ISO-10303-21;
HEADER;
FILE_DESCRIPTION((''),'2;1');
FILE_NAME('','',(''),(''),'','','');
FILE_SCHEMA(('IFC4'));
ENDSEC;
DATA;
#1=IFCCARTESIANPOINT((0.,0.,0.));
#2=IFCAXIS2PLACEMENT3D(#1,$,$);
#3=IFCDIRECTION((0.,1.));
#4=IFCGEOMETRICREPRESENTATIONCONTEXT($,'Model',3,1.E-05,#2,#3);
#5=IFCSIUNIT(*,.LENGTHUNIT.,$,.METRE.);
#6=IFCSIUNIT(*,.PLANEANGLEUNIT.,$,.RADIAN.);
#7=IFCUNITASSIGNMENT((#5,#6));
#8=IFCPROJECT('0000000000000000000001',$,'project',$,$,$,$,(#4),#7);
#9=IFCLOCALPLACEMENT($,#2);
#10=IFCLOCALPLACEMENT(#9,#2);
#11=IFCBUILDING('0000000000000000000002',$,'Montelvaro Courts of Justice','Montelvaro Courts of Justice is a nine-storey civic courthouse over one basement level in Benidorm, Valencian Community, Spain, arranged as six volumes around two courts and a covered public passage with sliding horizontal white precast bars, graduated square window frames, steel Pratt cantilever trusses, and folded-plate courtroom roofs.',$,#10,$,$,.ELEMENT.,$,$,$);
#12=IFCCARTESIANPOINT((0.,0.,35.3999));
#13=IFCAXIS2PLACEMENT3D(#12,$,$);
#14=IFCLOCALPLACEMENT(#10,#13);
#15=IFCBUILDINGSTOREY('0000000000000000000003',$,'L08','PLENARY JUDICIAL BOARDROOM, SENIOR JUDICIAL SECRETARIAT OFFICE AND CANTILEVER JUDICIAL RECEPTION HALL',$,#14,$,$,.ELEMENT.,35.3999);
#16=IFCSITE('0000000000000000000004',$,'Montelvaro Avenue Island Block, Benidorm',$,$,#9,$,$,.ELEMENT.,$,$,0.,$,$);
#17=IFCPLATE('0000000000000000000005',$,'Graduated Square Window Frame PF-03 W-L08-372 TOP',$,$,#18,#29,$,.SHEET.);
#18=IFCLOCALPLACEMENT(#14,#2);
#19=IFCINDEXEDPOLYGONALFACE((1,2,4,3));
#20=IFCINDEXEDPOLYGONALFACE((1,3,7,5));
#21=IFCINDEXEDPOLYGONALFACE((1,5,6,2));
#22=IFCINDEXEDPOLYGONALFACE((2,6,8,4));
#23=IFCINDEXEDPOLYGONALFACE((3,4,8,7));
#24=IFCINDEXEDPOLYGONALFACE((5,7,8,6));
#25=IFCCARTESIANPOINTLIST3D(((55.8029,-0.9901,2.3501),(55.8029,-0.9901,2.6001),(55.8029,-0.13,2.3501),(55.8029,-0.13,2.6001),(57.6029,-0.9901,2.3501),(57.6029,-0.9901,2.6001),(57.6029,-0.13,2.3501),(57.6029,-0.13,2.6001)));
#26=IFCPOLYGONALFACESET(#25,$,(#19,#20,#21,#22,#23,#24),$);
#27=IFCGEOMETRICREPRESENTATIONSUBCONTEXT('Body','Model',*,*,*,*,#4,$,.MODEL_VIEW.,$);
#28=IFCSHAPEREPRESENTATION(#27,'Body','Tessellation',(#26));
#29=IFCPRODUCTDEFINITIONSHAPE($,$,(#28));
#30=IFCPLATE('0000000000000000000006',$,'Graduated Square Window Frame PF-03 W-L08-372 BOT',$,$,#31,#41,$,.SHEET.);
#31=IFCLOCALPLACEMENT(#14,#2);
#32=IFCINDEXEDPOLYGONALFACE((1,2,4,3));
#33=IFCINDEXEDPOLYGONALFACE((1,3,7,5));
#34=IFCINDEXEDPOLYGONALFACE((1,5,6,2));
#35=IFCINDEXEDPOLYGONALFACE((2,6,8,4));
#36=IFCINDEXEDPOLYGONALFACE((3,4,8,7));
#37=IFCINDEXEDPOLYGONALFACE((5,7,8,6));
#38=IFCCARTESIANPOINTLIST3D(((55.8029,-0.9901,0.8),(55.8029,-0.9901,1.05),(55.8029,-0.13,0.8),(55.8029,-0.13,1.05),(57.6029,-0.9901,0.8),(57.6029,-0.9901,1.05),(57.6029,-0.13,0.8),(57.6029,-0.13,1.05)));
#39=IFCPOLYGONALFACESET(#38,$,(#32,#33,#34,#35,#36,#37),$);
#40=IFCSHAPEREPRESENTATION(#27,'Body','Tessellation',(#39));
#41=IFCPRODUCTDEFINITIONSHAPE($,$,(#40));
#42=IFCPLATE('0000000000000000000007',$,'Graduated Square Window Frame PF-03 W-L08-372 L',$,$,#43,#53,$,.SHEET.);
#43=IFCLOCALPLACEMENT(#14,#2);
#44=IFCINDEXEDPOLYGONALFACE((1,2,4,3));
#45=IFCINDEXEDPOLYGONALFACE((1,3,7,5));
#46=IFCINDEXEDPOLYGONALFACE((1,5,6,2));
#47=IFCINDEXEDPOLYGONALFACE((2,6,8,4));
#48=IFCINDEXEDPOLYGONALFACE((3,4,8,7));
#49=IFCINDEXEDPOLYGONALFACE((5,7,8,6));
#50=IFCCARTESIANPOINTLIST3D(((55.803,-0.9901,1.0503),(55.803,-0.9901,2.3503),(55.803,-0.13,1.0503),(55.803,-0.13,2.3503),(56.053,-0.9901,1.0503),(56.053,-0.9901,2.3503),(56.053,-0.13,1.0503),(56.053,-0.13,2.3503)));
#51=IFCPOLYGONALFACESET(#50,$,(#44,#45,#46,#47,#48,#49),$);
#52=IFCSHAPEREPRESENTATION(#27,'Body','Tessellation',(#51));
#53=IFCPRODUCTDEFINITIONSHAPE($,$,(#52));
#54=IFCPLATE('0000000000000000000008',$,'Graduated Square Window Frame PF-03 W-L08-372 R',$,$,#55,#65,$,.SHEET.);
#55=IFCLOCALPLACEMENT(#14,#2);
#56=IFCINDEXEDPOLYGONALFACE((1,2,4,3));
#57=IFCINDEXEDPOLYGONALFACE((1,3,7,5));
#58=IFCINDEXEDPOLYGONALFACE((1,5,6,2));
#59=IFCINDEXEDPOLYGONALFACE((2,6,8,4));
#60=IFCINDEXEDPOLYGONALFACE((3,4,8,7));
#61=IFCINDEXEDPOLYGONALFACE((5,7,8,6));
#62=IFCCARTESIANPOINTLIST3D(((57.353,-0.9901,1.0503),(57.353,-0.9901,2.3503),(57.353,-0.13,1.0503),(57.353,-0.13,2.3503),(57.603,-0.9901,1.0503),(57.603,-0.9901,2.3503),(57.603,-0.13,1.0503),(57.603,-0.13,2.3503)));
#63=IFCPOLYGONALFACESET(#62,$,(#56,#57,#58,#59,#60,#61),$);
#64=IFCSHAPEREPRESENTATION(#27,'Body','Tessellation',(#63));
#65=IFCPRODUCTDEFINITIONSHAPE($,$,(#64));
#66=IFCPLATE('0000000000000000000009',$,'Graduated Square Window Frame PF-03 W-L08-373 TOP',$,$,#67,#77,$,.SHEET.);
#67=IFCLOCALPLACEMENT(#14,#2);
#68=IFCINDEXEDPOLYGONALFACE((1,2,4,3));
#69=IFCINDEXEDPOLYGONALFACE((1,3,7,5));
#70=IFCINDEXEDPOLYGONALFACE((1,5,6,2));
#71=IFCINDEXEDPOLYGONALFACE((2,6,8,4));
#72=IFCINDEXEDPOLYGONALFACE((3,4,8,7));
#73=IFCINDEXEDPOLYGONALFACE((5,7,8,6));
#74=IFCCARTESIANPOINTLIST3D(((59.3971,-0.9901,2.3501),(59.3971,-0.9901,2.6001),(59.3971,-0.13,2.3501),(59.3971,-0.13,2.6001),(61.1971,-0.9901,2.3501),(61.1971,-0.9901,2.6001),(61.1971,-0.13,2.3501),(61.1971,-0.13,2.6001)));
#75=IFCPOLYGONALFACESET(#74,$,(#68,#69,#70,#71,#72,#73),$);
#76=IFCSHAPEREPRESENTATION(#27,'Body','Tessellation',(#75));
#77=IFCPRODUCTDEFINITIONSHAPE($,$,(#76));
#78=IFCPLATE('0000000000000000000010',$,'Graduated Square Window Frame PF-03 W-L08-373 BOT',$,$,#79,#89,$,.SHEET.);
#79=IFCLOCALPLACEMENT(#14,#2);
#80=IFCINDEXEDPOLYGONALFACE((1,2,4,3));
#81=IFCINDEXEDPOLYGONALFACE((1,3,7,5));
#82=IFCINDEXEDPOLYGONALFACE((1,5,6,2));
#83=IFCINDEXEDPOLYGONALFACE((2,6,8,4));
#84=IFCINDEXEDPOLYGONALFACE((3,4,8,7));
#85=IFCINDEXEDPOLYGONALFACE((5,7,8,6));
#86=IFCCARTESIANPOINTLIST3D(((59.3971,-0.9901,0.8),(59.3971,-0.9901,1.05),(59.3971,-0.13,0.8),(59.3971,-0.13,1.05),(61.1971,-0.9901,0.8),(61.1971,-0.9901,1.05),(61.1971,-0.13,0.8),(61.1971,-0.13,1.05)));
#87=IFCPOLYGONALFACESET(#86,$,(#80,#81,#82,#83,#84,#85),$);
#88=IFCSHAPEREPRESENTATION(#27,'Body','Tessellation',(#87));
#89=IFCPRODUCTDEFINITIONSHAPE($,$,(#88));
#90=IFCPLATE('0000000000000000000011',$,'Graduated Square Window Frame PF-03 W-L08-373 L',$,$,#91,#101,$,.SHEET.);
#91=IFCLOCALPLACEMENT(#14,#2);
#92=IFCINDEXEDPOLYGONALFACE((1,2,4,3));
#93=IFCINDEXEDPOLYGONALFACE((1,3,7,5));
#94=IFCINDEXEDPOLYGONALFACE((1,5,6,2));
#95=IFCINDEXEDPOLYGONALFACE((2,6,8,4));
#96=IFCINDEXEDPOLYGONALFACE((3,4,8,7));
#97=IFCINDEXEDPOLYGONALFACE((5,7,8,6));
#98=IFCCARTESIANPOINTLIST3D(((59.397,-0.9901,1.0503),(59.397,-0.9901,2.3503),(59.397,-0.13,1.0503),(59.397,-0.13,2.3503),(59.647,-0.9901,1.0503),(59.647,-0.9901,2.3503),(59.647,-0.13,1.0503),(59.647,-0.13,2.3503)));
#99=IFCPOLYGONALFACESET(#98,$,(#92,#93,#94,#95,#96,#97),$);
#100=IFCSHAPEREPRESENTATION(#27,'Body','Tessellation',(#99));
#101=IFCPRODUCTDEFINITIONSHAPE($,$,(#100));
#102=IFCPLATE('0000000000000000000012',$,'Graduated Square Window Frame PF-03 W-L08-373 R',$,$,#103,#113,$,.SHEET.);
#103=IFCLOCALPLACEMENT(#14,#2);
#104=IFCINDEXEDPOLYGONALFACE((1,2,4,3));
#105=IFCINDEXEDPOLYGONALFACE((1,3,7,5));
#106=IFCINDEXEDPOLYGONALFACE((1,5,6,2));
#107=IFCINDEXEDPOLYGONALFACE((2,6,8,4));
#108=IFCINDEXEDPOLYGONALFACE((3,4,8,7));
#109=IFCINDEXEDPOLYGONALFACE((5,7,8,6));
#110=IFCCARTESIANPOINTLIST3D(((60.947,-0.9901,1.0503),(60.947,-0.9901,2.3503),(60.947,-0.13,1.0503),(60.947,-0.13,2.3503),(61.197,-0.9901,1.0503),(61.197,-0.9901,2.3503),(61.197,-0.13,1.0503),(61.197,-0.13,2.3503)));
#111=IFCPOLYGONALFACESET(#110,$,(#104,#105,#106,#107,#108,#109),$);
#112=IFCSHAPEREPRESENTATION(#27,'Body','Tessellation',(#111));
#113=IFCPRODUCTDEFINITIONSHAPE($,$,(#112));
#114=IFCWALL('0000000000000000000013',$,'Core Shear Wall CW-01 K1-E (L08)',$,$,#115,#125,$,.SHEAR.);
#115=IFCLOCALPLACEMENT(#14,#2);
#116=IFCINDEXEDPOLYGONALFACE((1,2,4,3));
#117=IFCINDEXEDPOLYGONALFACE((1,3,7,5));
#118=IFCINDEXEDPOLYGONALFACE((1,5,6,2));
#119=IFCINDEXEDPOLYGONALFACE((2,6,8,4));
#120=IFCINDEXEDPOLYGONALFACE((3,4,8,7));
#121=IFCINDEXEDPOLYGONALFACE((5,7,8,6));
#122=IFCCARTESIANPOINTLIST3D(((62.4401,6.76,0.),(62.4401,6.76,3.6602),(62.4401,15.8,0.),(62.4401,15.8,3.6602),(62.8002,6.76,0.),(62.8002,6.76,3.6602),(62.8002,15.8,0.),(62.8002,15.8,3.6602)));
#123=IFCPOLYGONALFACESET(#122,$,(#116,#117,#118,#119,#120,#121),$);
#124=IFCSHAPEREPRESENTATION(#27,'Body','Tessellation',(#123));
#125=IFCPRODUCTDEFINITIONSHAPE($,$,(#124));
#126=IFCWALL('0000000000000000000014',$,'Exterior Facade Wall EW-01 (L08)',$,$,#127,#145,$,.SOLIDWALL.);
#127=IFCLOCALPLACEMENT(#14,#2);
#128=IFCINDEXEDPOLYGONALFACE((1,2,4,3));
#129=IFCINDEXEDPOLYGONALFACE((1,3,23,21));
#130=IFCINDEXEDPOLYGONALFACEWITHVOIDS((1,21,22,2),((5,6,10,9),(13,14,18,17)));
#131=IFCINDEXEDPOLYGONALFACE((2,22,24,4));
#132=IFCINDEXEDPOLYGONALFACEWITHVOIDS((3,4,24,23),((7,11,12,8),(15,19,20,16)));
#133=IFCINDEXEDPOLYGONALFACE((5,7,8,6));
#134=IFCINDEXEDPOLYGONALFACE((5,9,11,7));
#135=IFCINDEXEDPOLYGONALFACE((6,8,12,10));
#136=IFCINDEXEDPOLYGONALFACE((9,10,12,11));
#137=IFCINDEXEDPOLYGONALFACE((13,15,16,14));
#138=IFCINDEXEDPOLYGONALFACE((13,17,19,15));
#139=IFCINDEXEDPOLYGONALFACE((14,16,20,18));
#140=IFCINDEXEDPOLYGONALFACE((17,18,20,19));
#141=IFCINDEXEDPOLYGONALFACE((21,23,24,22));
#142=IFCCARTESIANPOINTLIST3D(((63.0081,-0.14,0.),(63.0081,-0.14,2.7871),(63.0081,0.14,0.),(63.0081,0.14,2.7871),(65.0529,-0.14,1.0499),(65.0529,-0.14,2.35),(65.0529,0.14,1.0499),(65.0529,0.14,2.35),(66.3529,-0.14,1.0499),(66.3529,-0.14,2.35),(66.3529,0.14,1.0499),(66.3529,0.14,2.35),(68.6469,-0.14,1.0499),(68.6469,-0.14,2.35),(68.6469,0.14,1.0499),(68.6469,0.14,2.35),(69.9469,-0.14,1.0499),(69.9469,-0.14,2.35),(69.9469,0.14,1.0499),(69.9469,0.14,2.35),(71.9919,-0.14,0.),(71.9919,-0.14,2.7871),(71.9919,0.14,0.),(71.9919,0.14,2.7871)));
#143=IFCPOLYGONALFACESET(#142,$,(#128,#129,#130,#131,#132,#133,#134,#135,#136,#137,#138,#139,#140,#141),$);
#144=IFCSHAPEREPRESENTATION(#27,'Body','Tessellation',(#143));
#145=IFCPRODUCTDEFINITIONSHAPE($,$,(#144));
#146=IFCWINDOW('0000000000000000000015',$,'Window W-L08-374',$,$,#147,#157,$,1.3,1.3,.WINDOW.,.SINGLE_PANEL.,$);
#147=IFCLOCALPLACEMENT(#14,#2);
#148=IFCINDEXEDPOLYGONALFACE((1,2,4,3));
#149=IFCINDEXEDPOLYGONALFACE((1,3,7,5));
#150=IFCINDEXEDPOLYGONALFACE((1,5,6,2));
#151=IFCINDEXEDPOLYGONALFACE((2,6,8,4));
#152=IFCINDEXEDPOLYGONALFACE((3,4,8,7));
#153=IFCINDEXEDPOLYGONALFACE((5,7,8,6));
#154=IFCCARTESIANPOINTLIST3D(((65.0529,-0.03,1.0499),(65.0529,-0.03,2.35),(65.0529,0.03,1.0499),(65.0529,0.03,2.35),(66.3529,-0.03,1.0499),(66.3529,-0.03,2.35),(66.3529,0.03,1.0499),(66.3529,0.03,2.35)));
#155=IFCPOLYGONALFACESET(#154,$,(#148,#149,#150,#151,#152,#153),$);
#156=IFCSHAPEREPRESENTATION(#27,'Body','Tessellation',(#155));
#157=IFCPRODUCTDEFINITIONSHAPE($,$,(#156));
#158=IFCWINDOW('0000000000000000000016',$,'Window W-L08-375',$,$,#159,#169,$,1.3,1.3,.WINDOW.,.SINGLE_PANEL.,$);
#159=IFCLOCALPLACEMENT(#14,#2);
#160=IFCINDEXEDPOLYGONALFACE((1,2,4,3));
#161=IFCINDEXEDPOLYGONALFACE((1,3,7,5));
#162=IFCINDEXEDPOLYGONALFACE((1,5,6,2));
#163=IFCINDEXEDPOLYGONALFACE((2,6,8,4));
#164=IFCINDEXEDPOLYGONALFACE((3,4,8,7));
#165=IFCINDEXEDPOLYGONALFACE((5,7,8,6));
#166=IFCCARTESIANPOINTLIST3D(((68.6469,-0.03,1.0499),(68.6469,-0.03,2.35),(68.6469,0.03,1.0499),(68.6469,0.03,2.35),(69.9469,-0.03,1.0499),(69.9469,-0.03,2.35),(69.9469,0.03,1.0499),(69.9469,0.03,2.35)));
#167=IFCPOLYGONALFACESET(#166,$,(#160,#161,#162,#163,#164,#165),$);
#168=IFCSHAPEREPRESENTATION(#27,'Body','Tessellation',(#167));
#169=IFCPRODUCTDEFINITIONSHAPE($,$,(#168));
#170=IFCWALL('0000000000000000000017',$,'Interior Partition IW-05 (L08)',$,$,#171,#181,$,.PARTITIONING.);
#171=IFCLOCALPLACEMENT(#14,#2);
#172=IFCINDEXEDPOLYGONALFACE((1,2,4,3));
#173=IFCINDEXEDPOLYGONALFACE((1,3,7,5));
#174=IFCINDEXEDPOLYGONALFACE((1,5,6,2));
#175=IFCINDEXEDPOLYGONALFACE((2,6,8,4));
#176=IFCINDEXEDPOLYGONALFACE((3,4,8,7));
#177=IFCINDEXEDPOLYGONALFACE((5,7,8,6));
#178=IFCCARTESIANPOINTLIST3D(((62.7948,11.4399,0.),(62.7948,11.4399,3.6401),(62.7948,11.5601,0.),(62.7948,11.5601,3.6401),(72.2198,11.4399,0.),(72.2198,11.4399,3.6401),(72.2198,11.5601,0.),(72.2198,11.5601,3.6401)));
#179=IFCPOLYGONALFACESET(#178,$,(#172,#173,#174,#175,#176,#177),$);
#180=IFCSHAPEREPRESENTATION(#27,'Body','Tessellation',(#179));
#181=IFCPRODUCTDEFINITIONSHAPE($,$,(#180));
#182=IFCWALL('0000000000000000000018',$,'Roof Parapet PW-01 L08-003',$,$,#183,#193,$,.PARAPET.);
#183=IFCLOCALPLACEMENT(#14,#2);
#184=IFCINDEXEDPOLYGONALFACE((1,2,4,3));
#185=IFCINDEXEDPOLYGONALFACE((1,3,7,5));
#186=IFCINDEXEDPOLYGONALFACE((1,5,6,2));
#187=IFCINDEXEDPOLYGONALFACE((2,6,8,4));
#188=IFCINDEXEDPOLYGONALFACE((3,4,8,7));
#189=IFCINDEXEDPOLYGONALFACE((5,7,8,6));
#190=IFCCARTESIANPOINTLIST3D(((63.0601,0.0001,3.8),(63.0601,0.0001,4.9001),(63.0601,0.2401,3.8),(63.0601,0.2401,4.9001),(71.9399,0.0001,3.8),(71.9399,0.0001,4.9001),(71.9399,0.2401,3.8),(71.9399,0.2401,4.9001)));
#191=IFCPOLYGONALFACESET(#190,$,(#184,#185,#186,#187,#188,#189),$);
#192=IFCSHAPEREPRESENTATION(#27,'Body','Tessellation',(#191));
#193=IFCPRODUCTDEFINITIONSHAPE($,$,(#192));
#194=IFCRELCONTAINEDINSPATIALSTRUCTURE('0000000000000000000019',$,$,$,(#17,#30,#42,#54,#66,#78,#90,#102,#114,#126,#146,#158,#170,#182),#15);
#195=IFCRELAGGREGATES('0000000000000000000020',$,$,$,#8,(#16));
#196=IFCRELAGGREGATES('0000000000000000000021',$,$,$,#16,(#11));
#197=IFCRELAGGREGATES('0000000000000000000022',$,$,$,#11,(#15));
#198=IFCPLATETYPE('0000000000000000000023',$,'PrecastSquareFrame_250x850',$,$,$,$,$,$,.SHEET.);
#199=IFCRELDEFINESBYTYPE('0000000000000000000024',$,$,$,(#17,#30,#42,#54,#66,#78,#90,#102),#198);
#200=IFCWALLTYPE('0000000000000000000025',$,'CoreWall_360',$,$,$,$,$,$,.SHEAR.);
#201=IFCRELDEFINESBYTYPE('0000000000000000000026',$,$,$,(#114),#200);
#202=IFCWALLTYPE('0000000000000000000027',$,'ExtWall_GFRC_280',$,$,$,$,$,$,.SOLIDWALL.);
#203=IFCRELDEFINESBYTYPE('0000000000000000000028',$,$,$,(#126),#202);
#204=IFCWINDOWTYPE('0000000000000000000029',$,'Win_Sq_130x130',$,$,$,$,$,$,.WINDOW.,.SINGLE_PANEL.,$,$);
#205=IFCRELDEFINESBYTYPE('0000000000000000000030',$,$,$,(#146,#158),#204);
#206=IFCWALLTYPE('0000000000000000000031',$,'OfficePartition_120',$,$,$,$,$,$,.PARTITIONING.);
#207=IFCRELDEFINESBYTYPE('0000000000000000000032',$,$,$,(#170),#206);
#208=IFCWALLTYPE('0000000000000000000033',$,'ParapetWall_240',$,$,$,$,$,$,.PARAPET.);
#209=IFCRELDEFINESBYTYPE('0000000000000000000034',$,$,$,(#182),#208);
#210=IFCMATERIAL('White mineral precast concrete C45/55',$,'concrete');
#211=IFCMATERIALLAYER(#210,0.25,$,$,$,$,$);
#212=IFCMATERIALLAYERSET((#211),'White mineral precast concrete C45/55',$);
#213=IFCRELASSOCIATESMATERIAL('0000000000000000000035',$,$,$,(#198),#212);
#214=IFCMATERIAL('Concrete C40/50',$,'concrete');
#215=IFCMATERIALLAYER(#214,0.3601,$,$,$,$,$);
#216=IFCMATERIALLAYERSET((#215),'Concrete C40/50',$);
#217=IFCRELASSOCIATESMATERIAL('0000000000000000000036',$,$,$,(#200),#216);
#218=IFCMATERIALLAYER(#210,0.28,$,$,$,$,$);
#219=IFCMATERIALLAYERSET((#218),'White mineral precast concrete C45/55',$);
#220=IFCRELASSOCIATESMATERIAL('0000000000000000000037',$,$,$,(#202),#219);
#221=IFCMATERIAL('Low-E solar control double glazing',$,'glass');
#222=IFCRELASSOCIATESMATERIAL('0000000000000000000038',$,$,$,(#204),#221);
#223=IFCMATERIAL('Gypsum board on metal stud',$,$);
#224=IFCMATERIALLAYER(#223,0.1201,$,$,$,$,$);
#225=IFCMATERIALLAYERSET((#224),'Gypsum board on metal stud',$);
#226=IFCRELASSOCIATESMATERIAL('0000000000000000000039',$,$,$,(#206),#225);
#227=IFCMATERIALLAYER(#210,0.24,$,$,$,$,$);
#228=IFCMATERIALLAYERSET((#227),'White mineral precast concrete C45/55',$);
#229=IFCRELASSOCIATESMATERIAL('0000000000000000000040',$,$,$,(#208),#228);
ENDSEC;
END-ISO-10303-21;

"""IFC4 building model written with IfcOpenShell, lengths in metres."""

from ifc_helpers import new_model, si_unit, direction, frame, frame_2d, origin, origin_2d, place, context, subcontext, project, spatial, rectangle, extrude, material, layer, layer_set, type_object, element, fill, save


model = new_model("IFC4")

# Units and contexts
model_context = context("Model", 3, precision=1e-05, world=origin(), true_north=direction((0.0, 1.0)))
body_context = subcontext(model_context, "Body", "Model", "MODEL_VIEW")
ifc_project = project(units=[si_unit("LENGTHUNIT", "METRE"), si_unit("PLANEANGLEUNIT", "RADIAN")], contexts=[model_context])

# Site, building, storey
site_placement = place(None, origin())
site = spatial("IfcSite", under=ifc_project, at=site_placement, Name="Montelvaro Avenue Island Block, Benidorm", CompositionType="ELEMENT", RefElevation=0.0)
building_placement = place(site_placement, origin())
building = spatial("IfcBuilding", under=site, at=building_placement, Name="Montelvaro Courts of Justice", Description="Montelvaro Courts of Justice is a nine-storey civic courthouse over one basement level in Benidorm, Valencian Community, Spain, arranged as six volumes around two courts and a covered public passage with sliding horizontal white precast bars, graduated square window frames, steel Pratt cantilever trusses, and folded-plate courtroom roofs.", CompositionType="ELEMENT")
storey_placement = place(building_placement, frame((0.0, 0.0, 35.3999)))
storey = spatial("IfcBuildingStorey", under=building, at=storey_placement, Name="L08", Description="PLENARY JUDICIAL BOARDROOM, SENIOR JUDICIAL SECRETARIAT OFFICE AND CANTILEVER JUDICIAL RECEPTION HALL", CompositionType="ELEMENT", Elevation=35.3999)

# Plates
ifc_material_1 = material(Name="White mineral precast concrete C45/55", Category="concrete")
ifc_layer_1 = layer(ifc_material_1, 0.25)
ifc_layer_set_1 = layer_set([ifc_layer_1], Name="White mineral precast concrete C45/55")
plate_type = type_object("IfcPlateType", Name="PrecastSquareFrame_250x850", PredefinedType="SHEET", material=ifc_layer_set_1)
for number, where, z_axis, x_axis, name in (
    (1, (56.7029, -0.5601, 2.3501), (0.0, 0.0, 1.0), (1.0, 0.0, 0.0), "Graduated Square Window Frame PF-03 W-L08-372 TOP"),
    (2, (56.7029, -0.5601, 0.8), (0.0, 0.0, 1.0), (1.0, 0.0, 0.0), "Graduated Square Window Frame PF-03 W-L08-372 BOT"),
):
    element("IfcPlate", number, at=place(storey_placement, frame(where, z_axis=z_axis, x_axis=x_axis)), inside=storey, type_object=plate_type, Name=name, PredefinedType="SHEET", context=body_context, shape_type="SweptSolid", body=[
        extrude(rectangle(XDim=1.8, YDim=0.8601, at=origin_2d()), origin(), (0.0, 0.0, 1.0), 0.25),
    ])
for number, where, z_axis, x_axis, name in (
    (3, (55.928, -0.5601, 1.0503), (0.0, 0.0, 1.0), (1.0, 0.0, 0.0), "Graduated Square Window Frame PF-03 W-L08-372 L"),
    (4, (57.478, -0.5601, 1.0503), (0.0, 0.0, 1.0), (1.0, 0.0, 0.0), "Graduated Square Window Frame PF-03 W-L08-372 R"),
):
    element("IfcPlate", number, at=place(storey_placement, frame(where, z_axis=z_axis, x_axis=x_axis)), inside=storey, type_object=plate_type, Name=name, PredefinedType="SHEET", context=body_context, shape_type="SweptSolid", body=[
        extrude(rectangle(XDim=0.25, YDim=0.8601, at=origin_2d()), origin(), (0.0, 0.0, 1.0), 1.3),
    ])
for number, where, z_axis, x_axis, name in (
    (5, (60.2971, -0.5601, 2.3501), (0.0, 0.0, 1.0), (1.0, 0.0, 0.0), "Graduated Square Window Frame PF-03 W-L08-373 TOP"),
    (6, (60.2971, -0.5601, 0.8), (0.0, 0.0, 1.0), (1.0, 0.0, 0.0), "Graduated Square Window Frame PF-03 W-L08-373 BOT"),
):
    element("IfcPlate", number, at=place(storey_placement, frame(where, z_axis=z_axis, x_axis=x_axis)), inside=storey, type_object=plate_type, Name=name, PredefinedType="SHEET", context=body_context, shape_type="SweptSolid", body=[
        extrude(rectangle(XDim=1.8, YDim=0.8601, at=origin_2d()), origin(), (0.0, 0.0, 1.0), 0.25),
    ])
for number, where, z_axis, x_axis, name in (
    (7, (59.522, -0.5601, 1.0503), (0.0, 0.0, 1.0), (1.0, 0.0, 0.0), "Graduated Square Window Frame PF-03 W-L08-373 L"),
    (8, (61.072, -0.5601, 1.0503), (0.0, 0.0, 1.0), (1.0, 0.0, 0.0), "Graduated Square Window Frame PF-03 W-L08-373 R"),
):
    element("IfcPlate", number, at=place(storey_placement, frame(where, z_axis=z_axis, x_axis=x_axis)), inside=storey, type_object=plate_type, Name=name, PredefinedType="SHEET", context=body_context, shape_type="SweptSolid", body=[
        extrude(rectangle(XDim=0.25, YDim=0.8601, at=origin_2d()), origin(), (0.0, 0.0, 1.0), 1.3),
    ])

# Wall
ifc_material_2 = material(Name="Concrete C40/50", Category="concrete")
ifc_layer_2 = layer(ifc_material_2, 0.3601)
ifc_layer_set_2 = layer_set([ifc_layer_2], Name="Concrete C40/50")
wall_type_1 = type_object("IfcWallType", Name="CoreWall_360", PredefinedType="SHEAR", material=ifc_layer_set_2)
wall_1_placement = place(storey_placement, frame((62.6201, 6.76, 0.0), z_axis=(0.0, 0.0, 1.0), x_axis=(0.0, 1.0, 0.0)))
element("IfcWall", 9, at=wall_1_placement, inside=storey, type_object=wall_type_1, Name="Core Shear Wall CW-01 K1-E (L08)", PredefinedType="SHEAR", context=body_context, shape_type="SweptSolid", body=[
    extrude(rectangle(XDim=9.04, YDim=0.3601, at=frame_2d((4.52, 0.0))), origin(), (0.0, 0.0, 1.0), 3.6602),
])

# Wall, openings, windows
ifc_layer_3 = layer(ifc_material_1, 0.28)
ifc_layer_set_3 = layer_set([ifc_layer_3], Name="White mineral precast concrete C45/55")
wall_type_2 = type_object("IfcWallType", Name="ExtWall_GFRC_280", PredefinedType="SOLIDWALL", material=ifc_layer_set_3)
wall_2_placement = place(storey_placement, frame((63.0081, 0.0, 0.0), z_axis=(0.0, 0.0, 1.0), x_axis=(1.0, 0.0, 0.0)))
wall_2 = element("IfcWall", 10, at=wall_2_placement, inside=storey, type_object=wall_type_2, Name="Exterior Facade Wall EW-01 (L08)", PredefinedType="SOLIDWALL", context=body_context, shape_type="SweptSolid", body=[
    extrude(rectangle(XDim=8.9839, YDim=0.28, at=frame_2d((4.4919, 0.0))), origin(), (0.0, 0.0, 1.0), 2.7871),
])
opening_1_placement = place(wall_2_placement, frame((2.0449, 0.0, 1.05)))
opening_1 = element("IfcOpeningElement", 11, at=opening_1_placement, cuts=wall_2, PredefinedType="OPENING", context=body_context, shape_type="SweptSolid", body=[
    extrude(rectangle(XDim=1.3, YDim=1.3, at=frame_2d((0.6499, 0.6499))), frame((0.0, 0.1548, 0.0), z_axis=(0.0, -1.0, 0.0), x_axis=(1.0, 0.0, 0.0)), (0.0, 0.0, 1.0), 0.3098),
])
opening_2_placement = place(wall_2_placement, frame((5.6389, 0.0, 1.05)))
opening_2 = element("IfcOpeningElement", 12, at=opening_2_placement, cuts=wall_2, PredefinedType="OPENING", context=body_context, shape_type="SweptSolid", body=[
    extrude(rectangle(XDim=1.3, YDim=1.3, at=frame_2d((0.6499, 0.6499))), frame((0.0, 0.1548, 0.0), z_axis=(0.0, -1.0, 0.0), x_axis=(1.0, 0.0, 0.0)), (0.0, 0.0, 1.0), 0.3098),
])
ifc_material_3 = material(Name="Low-E solar control double glazing", Category="glass")
window_type = type_object("IfcWindowType", Name="Win_Sq_130x130", PartitioningType="SINGLE_PANEL", PredefinedType="WINDOW", material=ifc_material_3)
window_1_placement = place(opening_1_placement, origin())
window_1 = element("IfcWindow", 13, at=window_1_placement, inside=storey, type_object=window_type, Name="Window W-L08-374", OverallHeight=1.3, OverallWidth=1.3, PartitioningType="SINGLE_PANEL", PredefinedType="WINDOW", context=body_context, shape_type="SweptSolid", body=[
    extrude(rectangle(XDim=1.3, YDim=1.3, at=frame_2d((0.6499, 0.6499))), frame((0.0, 0.03, 0.0), z_axis=(0.0, -1.0, 0.0), x_axis=(1.0, 0.0, 0.0)), (0.0, 0.0, 1.0), 0.0601),
])
fill(opening_1, window_1)
window_2_placement = place(opening_2_placement, origin())
window_2 = element("IfcWindow", 14, at=window_2_placement, inside=storey, type_object=window_type, Name="Window W-L08-375", OverallHeight=1.3, OverallWidth=1.3, PartitioningType="SINGLE_PANEL", PredefinedType="WINDOW", context=body_context, shape_type="SweptSolid", body=[
    extrude(rectangle(XDim=1.3, YDim=1.3, at=frame_2d((0.6499, 0.6499))), frame((0.0, 0.03, 0.0), z_axis=(0.0, -1.0, 0.0), x_axis=(1.0, 0.0, 0.0)), (0.0, 0.0, 1.0), 0.0601),
])
fill(opening_2, window_2)

# Walls
ifc_material_4 = material(Name="Gypsum board on metal stud")
ifc_layer_4 = layer(ifc_material_4, 0.1201)
ifc_layer_set_4 = layer_set([ifc_layer_4], Name="Gypsum board on metal stud")
wall_type_3 = type_object("IfcWallType", Name="OfficePartition_120", PredefinedType="PARTITIONING", material=ifc_layer_set_4)
wall_3_placement = place(storey_placement, frame((62.7949, 11.5, 0.0), z_axis=(0.0, 0.0, 1.0), x_axis=(1.0, 0.0, 0.0)))
element("IfcWall", 15, at=wall_3_placement, inside=storey, type_object=wall_type_3, Name="Interior Partition IW-05 (L08)", PredefinedType="PARTITIONING", context=body_context, shape_type="SweptSolid", body=[
    extrude(rectangle(XDim=9.425, YDim=0.1201, at=frame_2d((4.7124, 0.0))), origin(), (0.0, 0.0, 1.0), 3.6401),
])
ifc_layer_5 = layer(ifc_material_1, 0.24)
ifc_layer_set_5 = layer_set([ifc_layer_5], Name="White mineral precast concrete C45/55")
wall_type_4 = type_object("IfcWallType", Name="ParapetWall_240", PredefinedType="PARAPET", material=ifc_layer_set_5)
wall_4_placement = place(storey_placement, frame((63.0601, 0.1201, 3.8), z_axis=(0.0, 0.0, 1.0), x_axis=(1.0, 0.0, 0.0)))
element("IfcWall", 16, at=wall_4_placement, inside=storey, type_object=wall_type_4, Name="Roof Parapet PW-01 L08-003", PredefinedType="PARAPET", context=body_context, shape_type="SweptSolid", body=[
    extrude(rectangle(XDim=8.8799, YDim=0.24, at=frame_2d((4.4399, 0.0))), origin(), (0.0, 0.0, 1.0), 1.1001),
])

save(model, "model.ifc")
